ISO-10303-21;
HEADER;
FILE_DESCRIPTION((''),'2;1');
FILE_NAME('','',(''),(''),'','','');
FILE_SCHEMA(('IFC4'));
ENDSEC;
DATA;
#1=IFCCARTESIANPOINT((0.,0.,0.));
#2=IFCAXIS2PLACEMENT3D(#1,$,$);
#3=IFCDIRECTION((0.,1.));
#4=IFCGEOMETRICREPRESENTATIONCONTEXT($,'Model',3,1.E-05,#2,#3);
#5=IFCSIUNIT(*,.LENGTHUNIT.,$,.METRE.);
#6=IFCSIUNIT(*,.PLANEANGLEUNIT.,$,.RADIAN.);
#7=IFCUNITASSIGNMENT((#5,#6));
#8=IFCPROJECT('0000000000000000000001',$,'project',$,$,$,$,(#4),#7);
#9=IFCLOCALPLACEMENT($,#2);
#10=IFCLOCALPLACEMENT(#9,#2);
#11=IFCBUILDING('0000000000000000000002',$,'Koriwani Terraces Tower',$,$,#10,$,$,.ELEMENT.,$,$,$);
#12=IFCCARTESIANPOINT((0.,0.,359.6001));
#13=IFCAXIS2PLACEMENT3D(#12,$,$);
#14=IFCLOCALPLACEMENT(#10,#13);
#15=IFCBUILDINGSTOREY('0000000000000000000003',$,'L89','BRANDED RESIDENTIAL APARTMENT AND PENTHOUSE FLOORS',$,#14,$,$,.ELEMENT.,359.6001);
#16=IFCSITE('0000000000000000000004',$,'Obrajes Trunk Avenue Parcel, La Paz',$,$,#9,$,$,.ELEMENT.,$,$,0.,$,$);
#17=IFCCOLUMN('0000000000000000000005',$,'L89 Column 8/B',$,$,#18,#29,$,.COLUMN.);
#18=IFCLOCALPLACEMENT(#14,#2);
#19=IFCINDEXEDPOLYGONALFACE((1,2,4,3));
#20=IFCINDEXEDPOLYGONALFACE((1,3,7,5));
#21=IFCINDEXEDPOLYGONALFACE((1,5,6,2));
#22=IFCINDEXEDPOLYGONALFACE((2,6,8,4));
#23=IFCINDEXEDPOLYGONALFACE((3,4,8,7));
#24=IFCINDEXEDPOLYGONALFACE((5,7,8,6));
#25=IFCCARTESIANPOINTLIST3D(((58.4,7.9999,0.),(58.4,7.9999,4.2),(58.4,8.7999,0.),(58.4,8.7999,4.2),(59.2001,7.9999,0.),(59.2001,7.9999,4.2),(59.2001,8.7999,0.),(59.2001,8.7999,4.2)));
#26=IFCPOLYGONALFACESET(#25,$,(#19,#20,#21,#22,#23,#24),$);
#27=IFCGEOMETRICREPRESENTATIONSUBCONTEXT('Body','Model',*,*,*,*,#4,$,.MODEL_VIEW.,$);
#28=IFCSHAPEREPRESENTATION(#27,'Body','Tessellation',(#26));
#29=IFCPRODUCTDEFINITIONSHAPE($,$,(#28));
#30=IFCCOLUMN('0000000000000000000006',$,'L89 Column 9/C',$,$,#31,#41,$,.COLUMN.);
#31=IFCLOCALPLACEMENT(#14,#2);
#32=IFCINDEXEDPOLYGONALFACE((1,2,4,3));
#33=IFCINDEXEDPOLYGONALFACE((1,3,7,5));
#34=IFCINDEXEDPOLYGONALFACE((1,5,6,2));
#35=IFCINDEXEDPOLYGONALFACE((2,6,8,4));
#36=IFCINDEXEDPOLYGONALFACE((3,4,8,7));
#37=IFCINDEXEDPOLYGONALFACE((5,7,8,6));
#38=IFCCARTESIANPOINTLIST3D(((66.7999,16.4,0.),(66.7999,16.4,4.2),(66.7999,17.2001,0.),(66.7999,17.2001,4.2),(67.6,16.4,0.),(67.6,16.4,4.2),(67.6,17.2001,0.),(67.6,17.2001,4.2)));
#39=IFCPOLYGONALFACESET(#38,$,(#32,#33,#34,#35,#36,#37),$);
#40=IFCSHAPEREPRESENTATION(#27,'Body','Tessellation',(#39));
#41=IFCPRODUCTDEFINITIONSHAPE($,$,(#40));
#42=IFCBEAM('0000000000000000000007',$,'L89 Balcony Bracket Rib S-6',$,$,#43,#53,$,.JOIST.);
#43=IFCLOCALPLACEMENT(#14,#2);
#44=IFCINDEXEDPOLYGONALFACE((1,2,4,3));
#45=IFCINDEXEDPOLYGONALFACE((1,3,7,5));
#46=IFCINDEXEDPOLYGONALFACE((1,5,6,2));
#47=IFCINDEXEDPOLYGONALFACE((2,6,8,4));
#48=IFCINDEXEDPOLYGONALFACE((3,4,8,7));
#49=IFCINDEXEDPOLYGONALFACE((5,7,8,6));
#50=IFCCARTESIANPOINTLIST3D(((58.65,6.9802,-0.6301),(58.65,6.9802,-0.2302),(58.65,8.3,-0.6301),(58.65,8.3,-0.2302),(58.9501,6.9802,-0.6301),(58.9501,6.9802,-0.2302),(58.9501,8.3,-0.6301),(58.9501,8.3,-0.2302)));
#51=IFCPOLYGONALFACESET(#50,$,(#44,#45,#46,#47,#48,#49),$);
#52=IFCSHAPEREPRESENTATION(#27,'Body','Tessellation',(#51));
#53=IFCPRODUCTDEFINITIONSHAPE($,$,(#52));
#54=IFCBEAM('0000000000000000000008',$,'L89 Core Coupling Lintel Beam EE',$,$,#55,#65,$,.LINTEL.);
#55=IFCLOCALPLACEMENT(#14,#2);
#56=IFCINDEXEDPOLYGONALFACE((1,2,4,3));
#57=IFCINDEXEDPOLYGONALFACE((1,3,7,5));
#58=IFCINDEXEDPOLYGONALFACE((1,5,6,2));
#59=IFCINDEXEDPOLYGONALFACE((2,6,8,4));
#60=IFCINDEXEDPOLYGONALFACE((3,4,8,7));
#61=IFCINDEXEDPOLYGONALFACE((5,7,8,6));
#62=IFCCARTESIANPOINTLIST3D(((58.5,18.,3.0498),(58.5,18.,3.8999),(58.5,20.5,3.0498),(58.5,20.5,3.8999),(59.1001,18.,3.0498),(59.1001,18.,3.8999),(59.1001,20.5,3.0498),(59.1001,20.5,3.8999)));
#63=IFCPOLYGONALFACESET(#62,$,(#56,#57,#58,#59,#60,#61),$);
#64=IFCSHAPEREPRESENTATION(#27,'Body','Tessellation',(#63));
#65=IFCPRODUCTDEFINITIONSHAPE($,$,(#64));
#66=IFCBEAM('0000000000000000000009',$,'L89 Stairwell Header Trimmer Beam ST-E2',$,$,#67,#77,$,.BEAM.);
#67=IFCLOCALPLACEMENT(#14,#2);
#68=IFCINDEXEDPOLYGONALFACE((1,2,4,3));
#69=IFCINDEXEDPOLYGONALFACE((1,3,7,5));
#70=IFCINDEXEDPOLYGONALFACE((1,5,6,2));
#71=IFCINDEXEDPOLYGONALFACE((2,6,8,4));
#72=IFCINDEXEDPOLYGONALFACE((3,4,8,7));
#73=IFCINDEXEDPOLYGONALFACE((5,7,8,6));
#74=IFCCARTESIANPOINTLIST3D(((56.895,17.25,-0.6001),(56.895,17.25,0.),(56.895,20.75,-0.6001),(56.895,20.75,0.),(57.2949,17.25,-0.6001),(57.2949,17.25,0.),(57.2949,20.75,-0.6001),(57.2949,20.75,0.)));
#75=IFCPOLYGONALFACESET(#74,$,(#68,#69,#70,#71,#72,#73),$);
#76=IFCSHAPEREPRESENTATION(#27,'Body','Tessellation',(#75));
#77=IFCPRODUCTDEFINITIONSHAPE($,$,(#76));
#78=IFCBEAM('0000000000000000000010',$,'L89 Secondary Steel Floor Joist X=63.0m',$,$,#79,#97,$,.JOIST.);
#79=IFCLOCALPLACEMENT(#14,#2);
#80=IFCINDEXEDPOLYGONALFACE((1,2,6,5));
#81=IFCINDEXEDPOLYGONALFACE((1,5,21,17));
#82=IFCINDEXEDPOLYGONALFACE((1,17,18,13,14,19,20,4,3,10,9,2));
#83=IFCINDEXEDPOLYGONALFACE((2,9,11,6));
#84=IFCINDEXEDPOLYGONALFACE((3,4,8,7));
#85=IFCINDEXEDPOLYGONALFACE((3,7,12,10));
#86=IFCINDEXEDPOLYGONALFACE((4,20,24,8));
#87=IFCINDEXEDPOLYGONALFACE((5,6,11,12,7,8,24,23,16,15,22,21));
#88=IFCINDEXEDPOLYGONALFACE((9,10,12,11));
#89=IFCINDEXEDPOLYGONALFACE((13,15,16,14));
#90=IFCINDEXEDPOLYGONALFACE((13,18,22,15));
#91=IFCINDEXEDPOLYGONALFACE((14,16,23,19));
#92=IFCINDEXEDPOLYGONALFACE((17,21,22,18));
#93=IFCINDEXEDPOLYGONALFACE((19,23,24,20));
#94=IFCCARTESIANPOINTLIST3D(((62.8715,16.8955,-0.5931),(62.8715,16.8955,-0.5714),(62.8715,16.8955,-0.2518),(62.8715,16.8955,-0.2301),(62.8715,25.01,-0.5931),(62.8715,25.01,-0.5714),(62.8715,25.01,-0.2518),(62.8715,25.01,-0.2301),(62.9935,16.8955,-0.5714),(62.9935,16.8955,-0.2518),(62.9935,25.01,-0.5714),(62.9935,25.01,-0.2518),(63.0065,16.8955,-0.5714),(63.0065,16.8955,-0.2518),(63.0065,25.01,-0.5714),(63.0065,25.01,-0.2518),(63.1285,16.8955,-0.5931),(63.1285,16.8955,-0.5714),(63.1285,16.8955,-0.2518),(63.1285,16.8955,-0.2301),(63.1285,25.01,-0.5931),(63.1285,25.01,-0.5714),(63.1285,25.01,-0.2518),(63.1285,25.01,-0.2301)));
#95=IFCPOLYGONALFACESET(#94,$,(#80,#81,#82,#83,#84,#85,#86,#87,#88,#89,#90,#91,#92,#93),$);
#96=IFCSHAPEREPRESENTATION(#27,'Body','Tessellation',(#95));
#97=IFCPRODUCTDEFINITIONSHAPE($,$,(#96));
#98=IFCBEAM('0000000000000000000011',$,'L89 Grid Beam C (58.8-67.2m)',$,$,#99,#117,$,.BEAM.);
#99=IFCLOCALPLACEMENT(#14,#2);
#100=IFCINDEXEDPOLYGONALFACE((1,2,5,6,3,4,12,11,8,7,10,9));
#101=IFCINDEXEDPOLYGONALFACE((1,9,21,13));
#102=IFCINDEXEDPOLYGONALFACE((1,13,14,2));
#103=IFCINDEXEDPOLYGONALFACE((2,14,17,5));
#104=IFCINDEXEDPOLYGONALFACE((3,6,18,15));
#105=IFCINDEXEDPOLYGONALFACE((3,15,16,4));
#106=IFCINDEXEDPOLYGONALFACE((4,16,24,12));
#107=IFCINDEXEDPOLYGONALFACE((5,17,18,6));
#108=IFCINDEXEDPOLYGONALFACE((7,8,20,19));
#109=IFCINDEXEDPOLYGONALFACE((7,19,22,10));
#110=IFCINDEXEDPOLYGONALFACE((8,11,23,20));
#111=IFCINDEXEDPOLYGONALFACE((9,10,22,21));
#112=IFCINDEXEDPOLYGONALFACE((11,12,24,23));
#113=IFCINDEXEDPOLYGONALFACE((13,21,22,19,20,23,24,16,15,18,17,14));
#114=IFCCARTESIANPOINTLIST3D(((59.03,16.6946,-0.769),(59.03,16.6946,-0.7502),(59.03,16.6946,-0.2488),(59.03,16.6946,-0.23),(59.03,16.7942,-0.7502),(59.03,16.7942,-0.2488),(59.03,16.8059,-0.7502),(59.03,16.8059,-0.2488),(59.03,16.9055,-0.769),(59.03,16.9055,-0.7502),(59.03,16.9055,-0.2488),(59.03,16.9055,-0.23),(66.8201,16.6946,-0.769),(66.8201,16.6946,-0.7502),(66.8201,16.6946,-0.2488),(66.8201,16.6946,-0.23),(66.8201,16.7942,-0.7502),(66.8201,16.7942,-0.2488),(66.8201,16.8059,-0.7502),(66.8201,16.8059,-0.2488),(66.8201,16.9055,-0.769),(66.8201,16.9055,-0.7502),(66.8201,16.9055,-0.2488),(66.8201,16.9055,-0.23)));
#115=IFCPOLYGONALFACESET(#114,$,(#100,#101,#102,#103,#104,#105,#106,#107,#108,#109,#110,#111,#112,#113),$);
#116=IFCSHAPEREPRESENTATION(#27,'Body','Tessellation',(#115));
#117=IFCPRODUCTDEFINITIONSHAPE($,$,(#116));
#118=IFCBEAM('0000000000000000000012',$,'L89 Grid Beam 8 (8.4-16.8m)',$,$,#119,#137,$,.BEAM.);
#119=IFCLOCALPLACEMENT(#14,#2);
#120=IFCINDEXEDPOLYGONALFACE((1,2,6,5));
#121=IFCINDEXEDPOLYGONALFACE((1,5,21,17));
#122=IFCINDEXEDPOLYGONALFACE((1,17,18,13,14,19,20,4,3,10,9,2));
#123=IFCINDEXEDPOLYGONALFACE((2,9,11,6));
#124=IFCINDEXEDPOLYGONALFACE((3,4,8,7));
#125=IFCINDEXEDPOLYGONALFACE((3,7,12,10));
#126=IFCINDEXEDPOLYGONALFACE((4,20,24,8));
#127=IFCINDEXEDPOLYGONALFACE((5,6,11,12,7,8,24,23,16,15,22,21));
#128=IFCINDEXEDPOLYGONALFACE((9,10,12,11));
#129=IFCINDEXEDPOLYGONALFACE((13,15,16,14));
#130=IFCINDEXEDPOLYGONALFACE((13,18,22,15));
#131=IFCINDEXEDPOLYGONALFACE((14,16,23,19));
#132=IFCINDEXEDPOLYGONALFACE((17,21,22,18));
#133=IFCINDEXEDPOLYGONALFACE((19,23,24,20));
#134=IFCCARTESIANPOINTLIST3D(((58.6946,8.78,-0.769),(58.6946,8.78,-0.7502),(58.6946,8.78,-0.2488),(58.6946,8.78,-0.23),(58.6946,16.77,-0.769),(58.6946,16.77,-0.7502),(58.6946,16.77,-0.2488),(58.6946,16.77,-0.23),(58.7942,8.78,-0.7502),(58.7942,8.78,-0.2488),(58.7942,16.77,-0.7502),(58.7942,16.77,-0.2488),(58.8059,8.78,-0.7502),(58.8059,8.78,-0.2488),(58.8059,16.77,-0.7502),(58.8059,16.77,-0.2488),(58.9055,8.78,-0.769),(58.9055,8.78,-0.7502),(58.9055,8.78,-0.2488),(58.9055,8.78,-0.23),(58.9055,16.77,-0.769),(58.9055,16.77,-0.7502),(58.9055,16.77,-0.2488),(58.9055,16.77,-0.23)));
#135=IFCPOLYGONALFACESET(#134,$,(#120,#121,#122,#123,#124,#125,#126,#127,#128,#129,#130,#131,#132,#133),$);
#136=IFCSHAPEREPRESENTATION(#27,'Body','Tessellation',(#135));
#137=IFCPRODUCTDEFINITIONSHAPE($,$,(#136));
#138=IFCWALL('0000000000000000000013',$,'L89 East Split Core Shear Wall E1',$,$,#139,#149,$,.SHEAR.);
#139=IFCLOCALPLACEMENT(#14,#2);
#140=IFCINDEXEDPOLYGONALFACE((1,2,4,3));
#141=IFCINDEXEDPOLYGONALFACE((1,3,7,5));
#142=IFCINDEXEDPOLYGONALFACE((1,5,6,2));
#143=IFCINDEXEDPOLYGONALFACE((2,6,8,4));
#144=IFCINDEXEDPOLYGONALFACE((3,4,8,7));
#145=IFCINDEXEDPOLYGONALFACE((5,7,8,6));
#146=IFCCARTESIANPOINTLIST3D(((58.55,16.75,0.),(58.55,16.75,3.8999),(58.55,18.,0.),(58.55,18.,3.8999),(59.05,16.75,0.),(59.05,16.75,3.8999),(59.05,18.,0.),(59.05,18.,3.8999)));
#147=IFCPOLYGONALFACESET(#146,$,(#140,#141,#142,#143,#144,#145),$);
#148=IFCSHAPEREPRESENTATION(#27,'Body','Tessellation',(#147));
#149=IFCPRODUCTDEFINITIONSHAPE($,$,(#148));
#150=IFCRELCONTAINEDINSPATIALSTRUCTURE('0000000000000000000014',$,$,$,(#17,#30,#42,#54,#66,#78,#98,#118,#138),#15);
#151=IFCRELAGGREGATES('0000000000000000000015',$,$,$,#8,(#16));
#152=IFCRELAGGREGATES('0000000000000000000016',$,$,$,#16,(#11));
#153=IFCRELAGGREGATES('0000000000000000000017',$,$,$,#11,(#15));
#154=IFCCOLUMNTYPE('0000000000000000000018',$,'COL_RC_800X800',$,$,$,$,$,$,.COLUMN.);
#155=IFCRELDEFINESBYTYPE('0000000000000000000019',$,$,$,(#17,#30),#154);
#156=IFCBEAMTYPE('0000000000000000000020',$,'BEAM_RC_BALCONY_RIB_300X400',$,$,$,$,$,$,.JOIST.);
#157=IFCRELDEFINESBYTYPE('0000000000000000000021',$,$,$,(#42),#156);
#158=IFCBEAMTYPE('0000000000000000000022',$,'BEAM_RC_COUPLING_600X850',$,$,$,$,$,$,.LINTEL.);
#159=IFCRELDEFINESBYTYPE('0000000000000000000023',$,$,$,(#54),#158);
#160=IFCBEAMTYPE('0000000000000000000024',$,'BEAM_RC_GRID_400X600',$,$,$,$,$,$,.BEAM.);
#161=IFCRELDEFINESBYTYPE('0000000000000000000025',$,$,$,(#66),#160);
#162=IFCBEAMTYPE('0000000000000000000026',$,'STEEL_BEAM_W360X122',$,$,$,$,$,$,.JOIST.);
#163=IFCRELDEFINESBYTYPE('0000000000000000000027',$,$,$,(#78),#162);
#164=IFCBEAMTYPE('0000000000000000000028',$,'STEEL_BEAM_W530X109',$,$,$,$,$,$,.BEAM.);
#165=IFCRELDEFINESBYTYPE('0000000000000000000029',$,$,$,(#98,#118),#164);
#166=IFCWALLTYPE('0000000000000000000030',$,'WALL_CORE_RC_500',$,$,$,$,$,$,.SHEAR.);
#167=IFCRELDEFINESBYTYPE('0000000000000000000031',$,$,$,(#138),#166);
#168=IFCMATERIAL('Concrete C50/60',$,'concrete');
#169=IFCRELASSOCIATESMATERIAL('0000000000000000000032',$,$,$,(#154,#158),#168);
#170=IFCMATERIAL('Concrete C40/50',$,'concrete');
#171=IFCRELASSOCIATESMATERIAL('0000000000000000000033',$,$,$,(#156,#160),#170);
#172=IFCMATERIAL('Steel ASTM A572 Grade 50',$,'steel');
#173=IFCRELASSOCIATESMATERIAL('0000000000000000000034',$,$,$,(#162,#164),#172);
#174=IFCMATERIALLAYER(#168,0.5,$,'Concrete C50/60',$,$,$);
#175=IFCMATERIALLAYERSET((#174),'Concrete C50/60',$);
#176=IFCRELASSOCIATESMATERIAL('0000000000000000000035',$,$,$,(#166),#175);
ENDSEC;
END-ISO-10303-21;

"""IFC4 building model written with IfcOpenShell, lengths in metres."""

from ifc_helpers import new_model, si_unit, direction, frame, frame_2d, origin, origin_2d, place, context, subcontext, project, spatial, rectangle, i_section, extrude, material, layer, layer_set, material_profile, profile_set, type_object, element, save


model = new_model("IFC4")

# Units and contexts
model_context = context("Model", 3, precision=1e-05, world=origin(), true_north=direction((0.0, 1.0)))
body_context = subcontext(model_context, "Body", "Model", "MODEL_VIEW")
ifc_project = project(units=[si_unit("LENGTHUNIT", "METRE"), si_unit("PLANEANGLEUNIT", "RADIAN")], contexts=[model_context])

# Site, building, storey
site_placement = place(None, origin())
site = spatial("IfcSite", under=ifc_project, at=site_placement, Name="Obrajes Trunk Avenue Parcel, La Paz", CompositionType="ELEMENT", RefElevation=0.0)
building_placement = place(site_placement, origin())
building = spatial("IfcBuilding", under=site, at=building_placement, Name="Koriwani Terraces Tower", CompositionType="ELEMENT")
storey_placement = place(building_placement, frame((0.0, 0.0, 359.6001)))
storey = spatial("IfcBuildingStorey", under=building, at=storey_placement, Name="L89", Description="BRANDED RESIDENTIAL APARTMENT AND PENTHOUSE FLOORS", CompositionType="ELEMENT", Elevation=359.6001)

# Columns
ifc_material_1 = material(Name="Concrete C50/60", Category="concrete")
ifc_material_profile_1 = material_profile(ifc_material_1, rectangle(XDim=0.8, YDim=0.8, at=origin_2d()), Name="Concrete C50/60", Category="LoadBearing")
ifc_profile_set_1 = profile_set([ifc_material_profile_1], Name="Concrete C50/60")
column_type = type_object("IfcColumnType", Name="COL_RC_800X800", PredefinedType="COLUMN", material=ifc_profile_set_1)
for number, where, z_axis, x_axis, name in (
    (1, (58.8, 8.3999, 0.0), (0.0, 0.0, 1.0), (1.0, 0.0, 0.0), "L89 Column 8/B"),
    (2, (67.2, 16.8, 0.0), (0.0, 0.0, 1.0), (1.0, 0.0, 0.0), "L89 Column 9/C"),
):
    element("IfcColumn", number, at=place(storey_placement, frame(where, z_axis=z_axis, x_axis=x_axis)), inside=storey, type_object=column_type, Name=name, PredefinedType="COLUMN", context=body_context, shape_type="SweptSolid", body=[
        extrude(rectangle(XDim=0.8, YDim=0.8, at=origin_2d()), origin(), (0.0, 0.0, 1.0), 4.2),
    ])

# Beams
ifc_material_2 = material(Name="Concrete C40/50", Category="concrete")
ifc_material_profile_2 = material_profile(ifc_material_2, rectangle(XDim=0.3, YDim=0.3999, at=origin_2d()), Name="Concrete C40/50", Category="LoadBearing")
ifc_profile_set_2 = profile_set([ifc_material_profile_2], Name="Concrete C40/50")
beam_type_1 = type_object("IfcBeamType", Name="BEAM_RC_BALCONY_RIB_300X400", PredefinedType="JOIST", material=ifc_profile_set_2)
beam_1_placement = place(storey_placement, frame((58.8, 6.9802, -0.4302), z_axis=(0.0, 1.0, 0.0), x_axis=(-1.0, 0.0, 0.0)))
element("IfcBeam", 3, at=beam_1_placement, inside=storey, type_object=beam_type_1, Name="L89 Balcony Bracket Rib S-6", PredefinedType="JOIST", context=body_context, shape_type="SweptSolid", body=[
    extrude(rectangle(XDim=0.3, YDim=0.3999, at=origin_2d()), origin(), (0.0, 0.0, 1.0), 1.3198),
])
ifc_material_profile_3 = material_profile(ifc_material_1, rectangle(XDim=0.6001, YDim=0.8501, at=origin_2d()), Name="Concrete C50/60", Category="LoadBearing")
ifc_profile_set_3 = profile_set([ifc_material_profile_3], Name="Concrete C50/60")
beam_type_2 = type_object("IfcBeamType", Name="BEAM_RC_COUPLING_600X850", PredefinedType="LINTEL", material=ifc_profile_set_3)
beam_2_placement = place(storey_placement, frame((58.8, 18.0, 3.4749), z_axis=(0.0, 1.0, 0.0), x_axis=(-1.0, 0.0, 0.0)))
element("IfcBeam", 4, at=beam_2_placement, inside=storey, type_object=beam_type_2, Name="L89 Core Coupling Lintel Beam EE", PredefinedType="LINTEL", context=body_context, shape_type="SweptSolid", body=[
    extrude(rectangle(XDim=0.6001, YDim=0.8501, at=origin_2d()), origin(), (0.0, 0.0, 1.0), 2.5),
])
ifc_material_profile_4 = material_profile(ifc_material_2, rectangle(XDim=0.3999, YDim=0.6001, at=origin_2d()), Name="Concrete C40/50", Category="LoadBearing")
ifc_profile_set_4 = profile_set([ifc_material_profile_4], Name="Concrete C40/50")
beam_type_3 = type_object("IfcBeamType", Name="BEAM_RC_GRID_400X600", PredefinedType="BEAM", material=ifc_profile_set_4)
beam_3_placement = place(storey_placement, frame((57.095, 17.25, -0.3), z_axis=(0.0, 1.0, 0.0), x_axis=(-1.0, 0.0, 0.0)))
element("IfcBeam", 5, at=beam_3_placement, inside=storey, type_object=beam_type_3, Name="L89 Stairwell Header Trimmer Beam ST-E2", PredefinedType="BEAM", context=body_context, shape_type="SweptSolid", body=[
    extrude(rectangle(XDim=0.3999, YDim=0.6001, at=origin_2d()), origin(), (0.0, 0.0, 1.0), 3.5),
])
ifc_material_3 = material(Name="Steel ASTM A572 Grade 50", Category="steel")
ifc_material_profile_5 = material_profile(ifc_material_3, i_section(OverallWidth=0.2571, OverallDepth=0.363, WebThickness=0.0129, FlangeThickness=0.0217, at=origin_2d()), Name="Steel ASTM A572 Grade 50", Category="LoadBearing")
ifc_profile_set_5 = profile_set([ifc_material_profile_5], Name="Steel ASTM A572 Grade 50")
beam_type_4 = type_object("IfcBeamType", Name="STEEL_BEAM_W360X122", PredefinedType="JOIST", material=ifc_profile_set_5)
beam_4_placement = place(storey_placement, frame((63.0, 16.8955, -0.4116), z_axis=(0.0, 1.0, 0.0), x_axis=(-1.0, 0.0, 0.0)))
element("IfcBeam", 6, at=beam_4_placement, inside=storey, type_object=beam_type_4, Name="L89 Secondary Steel Floor Joist X=63.0m", PredefinedType="JOIST", context=body_context, shape_type="SweptSolid", body=[
    extrude(i_section(OverallWidth=0.2571, OverallDepth=0.363, WebThickness=0.0129, FlangeThickness=0.0217, at=origin_2d()), origin(), (0.0, 0.0, 1.0), 8.1145),
])
ifc_material_profile_6 = material_profile(ifc_material_3, i_section(OverallWidth=0.2109, OverallDepth=0.5391, WebThickness=0.0117, FlangeThickness=0.0188, at=origin_2d()), Name="Steel ASTM A572 Grade 50", Category="LoadBearing")
ifc_profile_set_6 = profile_set([ifc_material_profile_6], Name="Steel ASTM A572 Grade 50")
beam_type_5 = type_object("IfcBeamType", Name="STEEL_BEAM_W530X109", PredefinedType="BEAM", material=ifc_profile_set_6)
beam_5_placement = place(storey_placement, frame((59.03, 16.8, -0.4995), z_axis=(1.0, 0.0, 0.0), x_axis=(0.0, 1.0, 0.0)))
element("IfcBeam", 7, at=beam_5_placement, inside=storey, type_object=beam_type_5, Name="L89 Grid Beam C (58.8-67.2m)", PredefinedType="BEAM", context=body_context, shape_type="SweptSolid", body=[
    extrude(i_section(OverallWidth=0.2109, OverallDepth=0.5391, WebThickness=0.0117, FlangeThickness=0.0188, at=origin_2d()), origin(), (0.0, 0.0, 1.0), 7.79),
])
beam_6_placement = place(storey_placement, frame((58.8, 8.78, -0.4995), z_axis=(0.0, 1.0, 0.0), x_axis=(-1.0, 0.0, 0.0)))
element("IfcBeam", 8, at=beam_6_placement, inside=storey, type_object=beam_type_5, Name="L89 Grid Beam 8 (8.4-16.8m)", PredefinedType="BEAM", context=body_context, shape_type="SweptSolid", body=[
    extrude(i_section(OverallWidth=0.2109, OverallDepth=0.5391, WebThickness=0.0117, FlangeThickness=0.0188, at=origin_2d()), origin(), (0.0, 0.0, 1.0), 7.99),
])

# Wall
ifc_layer_1 = layer(ifc_material_1, 0.5, Name="Concrete C50/60")
ifc_layer_set_1 = layer_set([ifc_layer_1], Name="Concrete C50/60")
wall_type_1 = type_object("IfcWallType", Name="WALL_CORE_RC_500", PredefinedType="SHEAR", material=ifc_layer_set_1)
wall_1_placement = place(storey_placement, frame((58.8, 16.75, 0.0), z_axis=(0.0, 0.0, 1.0), x_axis=(0.0, 1.0, 0.0)))
element("IfcWall", 9, at=wall_1_placement, inside=storey, type_object=wall_type_1, Name="L89 East Split Core Shear Wall E1", PredefinedType="SHEAR", context=body_context, shape_type="SweptSolid", body=[
    extrude(rectangle(XDim=1.25, YDim=0.5, at=frame_2d((0.625, 0.0))), origin(), (0.0, 0.0, 1.0), 3.8999),
])

save(model, "model.ifc")
